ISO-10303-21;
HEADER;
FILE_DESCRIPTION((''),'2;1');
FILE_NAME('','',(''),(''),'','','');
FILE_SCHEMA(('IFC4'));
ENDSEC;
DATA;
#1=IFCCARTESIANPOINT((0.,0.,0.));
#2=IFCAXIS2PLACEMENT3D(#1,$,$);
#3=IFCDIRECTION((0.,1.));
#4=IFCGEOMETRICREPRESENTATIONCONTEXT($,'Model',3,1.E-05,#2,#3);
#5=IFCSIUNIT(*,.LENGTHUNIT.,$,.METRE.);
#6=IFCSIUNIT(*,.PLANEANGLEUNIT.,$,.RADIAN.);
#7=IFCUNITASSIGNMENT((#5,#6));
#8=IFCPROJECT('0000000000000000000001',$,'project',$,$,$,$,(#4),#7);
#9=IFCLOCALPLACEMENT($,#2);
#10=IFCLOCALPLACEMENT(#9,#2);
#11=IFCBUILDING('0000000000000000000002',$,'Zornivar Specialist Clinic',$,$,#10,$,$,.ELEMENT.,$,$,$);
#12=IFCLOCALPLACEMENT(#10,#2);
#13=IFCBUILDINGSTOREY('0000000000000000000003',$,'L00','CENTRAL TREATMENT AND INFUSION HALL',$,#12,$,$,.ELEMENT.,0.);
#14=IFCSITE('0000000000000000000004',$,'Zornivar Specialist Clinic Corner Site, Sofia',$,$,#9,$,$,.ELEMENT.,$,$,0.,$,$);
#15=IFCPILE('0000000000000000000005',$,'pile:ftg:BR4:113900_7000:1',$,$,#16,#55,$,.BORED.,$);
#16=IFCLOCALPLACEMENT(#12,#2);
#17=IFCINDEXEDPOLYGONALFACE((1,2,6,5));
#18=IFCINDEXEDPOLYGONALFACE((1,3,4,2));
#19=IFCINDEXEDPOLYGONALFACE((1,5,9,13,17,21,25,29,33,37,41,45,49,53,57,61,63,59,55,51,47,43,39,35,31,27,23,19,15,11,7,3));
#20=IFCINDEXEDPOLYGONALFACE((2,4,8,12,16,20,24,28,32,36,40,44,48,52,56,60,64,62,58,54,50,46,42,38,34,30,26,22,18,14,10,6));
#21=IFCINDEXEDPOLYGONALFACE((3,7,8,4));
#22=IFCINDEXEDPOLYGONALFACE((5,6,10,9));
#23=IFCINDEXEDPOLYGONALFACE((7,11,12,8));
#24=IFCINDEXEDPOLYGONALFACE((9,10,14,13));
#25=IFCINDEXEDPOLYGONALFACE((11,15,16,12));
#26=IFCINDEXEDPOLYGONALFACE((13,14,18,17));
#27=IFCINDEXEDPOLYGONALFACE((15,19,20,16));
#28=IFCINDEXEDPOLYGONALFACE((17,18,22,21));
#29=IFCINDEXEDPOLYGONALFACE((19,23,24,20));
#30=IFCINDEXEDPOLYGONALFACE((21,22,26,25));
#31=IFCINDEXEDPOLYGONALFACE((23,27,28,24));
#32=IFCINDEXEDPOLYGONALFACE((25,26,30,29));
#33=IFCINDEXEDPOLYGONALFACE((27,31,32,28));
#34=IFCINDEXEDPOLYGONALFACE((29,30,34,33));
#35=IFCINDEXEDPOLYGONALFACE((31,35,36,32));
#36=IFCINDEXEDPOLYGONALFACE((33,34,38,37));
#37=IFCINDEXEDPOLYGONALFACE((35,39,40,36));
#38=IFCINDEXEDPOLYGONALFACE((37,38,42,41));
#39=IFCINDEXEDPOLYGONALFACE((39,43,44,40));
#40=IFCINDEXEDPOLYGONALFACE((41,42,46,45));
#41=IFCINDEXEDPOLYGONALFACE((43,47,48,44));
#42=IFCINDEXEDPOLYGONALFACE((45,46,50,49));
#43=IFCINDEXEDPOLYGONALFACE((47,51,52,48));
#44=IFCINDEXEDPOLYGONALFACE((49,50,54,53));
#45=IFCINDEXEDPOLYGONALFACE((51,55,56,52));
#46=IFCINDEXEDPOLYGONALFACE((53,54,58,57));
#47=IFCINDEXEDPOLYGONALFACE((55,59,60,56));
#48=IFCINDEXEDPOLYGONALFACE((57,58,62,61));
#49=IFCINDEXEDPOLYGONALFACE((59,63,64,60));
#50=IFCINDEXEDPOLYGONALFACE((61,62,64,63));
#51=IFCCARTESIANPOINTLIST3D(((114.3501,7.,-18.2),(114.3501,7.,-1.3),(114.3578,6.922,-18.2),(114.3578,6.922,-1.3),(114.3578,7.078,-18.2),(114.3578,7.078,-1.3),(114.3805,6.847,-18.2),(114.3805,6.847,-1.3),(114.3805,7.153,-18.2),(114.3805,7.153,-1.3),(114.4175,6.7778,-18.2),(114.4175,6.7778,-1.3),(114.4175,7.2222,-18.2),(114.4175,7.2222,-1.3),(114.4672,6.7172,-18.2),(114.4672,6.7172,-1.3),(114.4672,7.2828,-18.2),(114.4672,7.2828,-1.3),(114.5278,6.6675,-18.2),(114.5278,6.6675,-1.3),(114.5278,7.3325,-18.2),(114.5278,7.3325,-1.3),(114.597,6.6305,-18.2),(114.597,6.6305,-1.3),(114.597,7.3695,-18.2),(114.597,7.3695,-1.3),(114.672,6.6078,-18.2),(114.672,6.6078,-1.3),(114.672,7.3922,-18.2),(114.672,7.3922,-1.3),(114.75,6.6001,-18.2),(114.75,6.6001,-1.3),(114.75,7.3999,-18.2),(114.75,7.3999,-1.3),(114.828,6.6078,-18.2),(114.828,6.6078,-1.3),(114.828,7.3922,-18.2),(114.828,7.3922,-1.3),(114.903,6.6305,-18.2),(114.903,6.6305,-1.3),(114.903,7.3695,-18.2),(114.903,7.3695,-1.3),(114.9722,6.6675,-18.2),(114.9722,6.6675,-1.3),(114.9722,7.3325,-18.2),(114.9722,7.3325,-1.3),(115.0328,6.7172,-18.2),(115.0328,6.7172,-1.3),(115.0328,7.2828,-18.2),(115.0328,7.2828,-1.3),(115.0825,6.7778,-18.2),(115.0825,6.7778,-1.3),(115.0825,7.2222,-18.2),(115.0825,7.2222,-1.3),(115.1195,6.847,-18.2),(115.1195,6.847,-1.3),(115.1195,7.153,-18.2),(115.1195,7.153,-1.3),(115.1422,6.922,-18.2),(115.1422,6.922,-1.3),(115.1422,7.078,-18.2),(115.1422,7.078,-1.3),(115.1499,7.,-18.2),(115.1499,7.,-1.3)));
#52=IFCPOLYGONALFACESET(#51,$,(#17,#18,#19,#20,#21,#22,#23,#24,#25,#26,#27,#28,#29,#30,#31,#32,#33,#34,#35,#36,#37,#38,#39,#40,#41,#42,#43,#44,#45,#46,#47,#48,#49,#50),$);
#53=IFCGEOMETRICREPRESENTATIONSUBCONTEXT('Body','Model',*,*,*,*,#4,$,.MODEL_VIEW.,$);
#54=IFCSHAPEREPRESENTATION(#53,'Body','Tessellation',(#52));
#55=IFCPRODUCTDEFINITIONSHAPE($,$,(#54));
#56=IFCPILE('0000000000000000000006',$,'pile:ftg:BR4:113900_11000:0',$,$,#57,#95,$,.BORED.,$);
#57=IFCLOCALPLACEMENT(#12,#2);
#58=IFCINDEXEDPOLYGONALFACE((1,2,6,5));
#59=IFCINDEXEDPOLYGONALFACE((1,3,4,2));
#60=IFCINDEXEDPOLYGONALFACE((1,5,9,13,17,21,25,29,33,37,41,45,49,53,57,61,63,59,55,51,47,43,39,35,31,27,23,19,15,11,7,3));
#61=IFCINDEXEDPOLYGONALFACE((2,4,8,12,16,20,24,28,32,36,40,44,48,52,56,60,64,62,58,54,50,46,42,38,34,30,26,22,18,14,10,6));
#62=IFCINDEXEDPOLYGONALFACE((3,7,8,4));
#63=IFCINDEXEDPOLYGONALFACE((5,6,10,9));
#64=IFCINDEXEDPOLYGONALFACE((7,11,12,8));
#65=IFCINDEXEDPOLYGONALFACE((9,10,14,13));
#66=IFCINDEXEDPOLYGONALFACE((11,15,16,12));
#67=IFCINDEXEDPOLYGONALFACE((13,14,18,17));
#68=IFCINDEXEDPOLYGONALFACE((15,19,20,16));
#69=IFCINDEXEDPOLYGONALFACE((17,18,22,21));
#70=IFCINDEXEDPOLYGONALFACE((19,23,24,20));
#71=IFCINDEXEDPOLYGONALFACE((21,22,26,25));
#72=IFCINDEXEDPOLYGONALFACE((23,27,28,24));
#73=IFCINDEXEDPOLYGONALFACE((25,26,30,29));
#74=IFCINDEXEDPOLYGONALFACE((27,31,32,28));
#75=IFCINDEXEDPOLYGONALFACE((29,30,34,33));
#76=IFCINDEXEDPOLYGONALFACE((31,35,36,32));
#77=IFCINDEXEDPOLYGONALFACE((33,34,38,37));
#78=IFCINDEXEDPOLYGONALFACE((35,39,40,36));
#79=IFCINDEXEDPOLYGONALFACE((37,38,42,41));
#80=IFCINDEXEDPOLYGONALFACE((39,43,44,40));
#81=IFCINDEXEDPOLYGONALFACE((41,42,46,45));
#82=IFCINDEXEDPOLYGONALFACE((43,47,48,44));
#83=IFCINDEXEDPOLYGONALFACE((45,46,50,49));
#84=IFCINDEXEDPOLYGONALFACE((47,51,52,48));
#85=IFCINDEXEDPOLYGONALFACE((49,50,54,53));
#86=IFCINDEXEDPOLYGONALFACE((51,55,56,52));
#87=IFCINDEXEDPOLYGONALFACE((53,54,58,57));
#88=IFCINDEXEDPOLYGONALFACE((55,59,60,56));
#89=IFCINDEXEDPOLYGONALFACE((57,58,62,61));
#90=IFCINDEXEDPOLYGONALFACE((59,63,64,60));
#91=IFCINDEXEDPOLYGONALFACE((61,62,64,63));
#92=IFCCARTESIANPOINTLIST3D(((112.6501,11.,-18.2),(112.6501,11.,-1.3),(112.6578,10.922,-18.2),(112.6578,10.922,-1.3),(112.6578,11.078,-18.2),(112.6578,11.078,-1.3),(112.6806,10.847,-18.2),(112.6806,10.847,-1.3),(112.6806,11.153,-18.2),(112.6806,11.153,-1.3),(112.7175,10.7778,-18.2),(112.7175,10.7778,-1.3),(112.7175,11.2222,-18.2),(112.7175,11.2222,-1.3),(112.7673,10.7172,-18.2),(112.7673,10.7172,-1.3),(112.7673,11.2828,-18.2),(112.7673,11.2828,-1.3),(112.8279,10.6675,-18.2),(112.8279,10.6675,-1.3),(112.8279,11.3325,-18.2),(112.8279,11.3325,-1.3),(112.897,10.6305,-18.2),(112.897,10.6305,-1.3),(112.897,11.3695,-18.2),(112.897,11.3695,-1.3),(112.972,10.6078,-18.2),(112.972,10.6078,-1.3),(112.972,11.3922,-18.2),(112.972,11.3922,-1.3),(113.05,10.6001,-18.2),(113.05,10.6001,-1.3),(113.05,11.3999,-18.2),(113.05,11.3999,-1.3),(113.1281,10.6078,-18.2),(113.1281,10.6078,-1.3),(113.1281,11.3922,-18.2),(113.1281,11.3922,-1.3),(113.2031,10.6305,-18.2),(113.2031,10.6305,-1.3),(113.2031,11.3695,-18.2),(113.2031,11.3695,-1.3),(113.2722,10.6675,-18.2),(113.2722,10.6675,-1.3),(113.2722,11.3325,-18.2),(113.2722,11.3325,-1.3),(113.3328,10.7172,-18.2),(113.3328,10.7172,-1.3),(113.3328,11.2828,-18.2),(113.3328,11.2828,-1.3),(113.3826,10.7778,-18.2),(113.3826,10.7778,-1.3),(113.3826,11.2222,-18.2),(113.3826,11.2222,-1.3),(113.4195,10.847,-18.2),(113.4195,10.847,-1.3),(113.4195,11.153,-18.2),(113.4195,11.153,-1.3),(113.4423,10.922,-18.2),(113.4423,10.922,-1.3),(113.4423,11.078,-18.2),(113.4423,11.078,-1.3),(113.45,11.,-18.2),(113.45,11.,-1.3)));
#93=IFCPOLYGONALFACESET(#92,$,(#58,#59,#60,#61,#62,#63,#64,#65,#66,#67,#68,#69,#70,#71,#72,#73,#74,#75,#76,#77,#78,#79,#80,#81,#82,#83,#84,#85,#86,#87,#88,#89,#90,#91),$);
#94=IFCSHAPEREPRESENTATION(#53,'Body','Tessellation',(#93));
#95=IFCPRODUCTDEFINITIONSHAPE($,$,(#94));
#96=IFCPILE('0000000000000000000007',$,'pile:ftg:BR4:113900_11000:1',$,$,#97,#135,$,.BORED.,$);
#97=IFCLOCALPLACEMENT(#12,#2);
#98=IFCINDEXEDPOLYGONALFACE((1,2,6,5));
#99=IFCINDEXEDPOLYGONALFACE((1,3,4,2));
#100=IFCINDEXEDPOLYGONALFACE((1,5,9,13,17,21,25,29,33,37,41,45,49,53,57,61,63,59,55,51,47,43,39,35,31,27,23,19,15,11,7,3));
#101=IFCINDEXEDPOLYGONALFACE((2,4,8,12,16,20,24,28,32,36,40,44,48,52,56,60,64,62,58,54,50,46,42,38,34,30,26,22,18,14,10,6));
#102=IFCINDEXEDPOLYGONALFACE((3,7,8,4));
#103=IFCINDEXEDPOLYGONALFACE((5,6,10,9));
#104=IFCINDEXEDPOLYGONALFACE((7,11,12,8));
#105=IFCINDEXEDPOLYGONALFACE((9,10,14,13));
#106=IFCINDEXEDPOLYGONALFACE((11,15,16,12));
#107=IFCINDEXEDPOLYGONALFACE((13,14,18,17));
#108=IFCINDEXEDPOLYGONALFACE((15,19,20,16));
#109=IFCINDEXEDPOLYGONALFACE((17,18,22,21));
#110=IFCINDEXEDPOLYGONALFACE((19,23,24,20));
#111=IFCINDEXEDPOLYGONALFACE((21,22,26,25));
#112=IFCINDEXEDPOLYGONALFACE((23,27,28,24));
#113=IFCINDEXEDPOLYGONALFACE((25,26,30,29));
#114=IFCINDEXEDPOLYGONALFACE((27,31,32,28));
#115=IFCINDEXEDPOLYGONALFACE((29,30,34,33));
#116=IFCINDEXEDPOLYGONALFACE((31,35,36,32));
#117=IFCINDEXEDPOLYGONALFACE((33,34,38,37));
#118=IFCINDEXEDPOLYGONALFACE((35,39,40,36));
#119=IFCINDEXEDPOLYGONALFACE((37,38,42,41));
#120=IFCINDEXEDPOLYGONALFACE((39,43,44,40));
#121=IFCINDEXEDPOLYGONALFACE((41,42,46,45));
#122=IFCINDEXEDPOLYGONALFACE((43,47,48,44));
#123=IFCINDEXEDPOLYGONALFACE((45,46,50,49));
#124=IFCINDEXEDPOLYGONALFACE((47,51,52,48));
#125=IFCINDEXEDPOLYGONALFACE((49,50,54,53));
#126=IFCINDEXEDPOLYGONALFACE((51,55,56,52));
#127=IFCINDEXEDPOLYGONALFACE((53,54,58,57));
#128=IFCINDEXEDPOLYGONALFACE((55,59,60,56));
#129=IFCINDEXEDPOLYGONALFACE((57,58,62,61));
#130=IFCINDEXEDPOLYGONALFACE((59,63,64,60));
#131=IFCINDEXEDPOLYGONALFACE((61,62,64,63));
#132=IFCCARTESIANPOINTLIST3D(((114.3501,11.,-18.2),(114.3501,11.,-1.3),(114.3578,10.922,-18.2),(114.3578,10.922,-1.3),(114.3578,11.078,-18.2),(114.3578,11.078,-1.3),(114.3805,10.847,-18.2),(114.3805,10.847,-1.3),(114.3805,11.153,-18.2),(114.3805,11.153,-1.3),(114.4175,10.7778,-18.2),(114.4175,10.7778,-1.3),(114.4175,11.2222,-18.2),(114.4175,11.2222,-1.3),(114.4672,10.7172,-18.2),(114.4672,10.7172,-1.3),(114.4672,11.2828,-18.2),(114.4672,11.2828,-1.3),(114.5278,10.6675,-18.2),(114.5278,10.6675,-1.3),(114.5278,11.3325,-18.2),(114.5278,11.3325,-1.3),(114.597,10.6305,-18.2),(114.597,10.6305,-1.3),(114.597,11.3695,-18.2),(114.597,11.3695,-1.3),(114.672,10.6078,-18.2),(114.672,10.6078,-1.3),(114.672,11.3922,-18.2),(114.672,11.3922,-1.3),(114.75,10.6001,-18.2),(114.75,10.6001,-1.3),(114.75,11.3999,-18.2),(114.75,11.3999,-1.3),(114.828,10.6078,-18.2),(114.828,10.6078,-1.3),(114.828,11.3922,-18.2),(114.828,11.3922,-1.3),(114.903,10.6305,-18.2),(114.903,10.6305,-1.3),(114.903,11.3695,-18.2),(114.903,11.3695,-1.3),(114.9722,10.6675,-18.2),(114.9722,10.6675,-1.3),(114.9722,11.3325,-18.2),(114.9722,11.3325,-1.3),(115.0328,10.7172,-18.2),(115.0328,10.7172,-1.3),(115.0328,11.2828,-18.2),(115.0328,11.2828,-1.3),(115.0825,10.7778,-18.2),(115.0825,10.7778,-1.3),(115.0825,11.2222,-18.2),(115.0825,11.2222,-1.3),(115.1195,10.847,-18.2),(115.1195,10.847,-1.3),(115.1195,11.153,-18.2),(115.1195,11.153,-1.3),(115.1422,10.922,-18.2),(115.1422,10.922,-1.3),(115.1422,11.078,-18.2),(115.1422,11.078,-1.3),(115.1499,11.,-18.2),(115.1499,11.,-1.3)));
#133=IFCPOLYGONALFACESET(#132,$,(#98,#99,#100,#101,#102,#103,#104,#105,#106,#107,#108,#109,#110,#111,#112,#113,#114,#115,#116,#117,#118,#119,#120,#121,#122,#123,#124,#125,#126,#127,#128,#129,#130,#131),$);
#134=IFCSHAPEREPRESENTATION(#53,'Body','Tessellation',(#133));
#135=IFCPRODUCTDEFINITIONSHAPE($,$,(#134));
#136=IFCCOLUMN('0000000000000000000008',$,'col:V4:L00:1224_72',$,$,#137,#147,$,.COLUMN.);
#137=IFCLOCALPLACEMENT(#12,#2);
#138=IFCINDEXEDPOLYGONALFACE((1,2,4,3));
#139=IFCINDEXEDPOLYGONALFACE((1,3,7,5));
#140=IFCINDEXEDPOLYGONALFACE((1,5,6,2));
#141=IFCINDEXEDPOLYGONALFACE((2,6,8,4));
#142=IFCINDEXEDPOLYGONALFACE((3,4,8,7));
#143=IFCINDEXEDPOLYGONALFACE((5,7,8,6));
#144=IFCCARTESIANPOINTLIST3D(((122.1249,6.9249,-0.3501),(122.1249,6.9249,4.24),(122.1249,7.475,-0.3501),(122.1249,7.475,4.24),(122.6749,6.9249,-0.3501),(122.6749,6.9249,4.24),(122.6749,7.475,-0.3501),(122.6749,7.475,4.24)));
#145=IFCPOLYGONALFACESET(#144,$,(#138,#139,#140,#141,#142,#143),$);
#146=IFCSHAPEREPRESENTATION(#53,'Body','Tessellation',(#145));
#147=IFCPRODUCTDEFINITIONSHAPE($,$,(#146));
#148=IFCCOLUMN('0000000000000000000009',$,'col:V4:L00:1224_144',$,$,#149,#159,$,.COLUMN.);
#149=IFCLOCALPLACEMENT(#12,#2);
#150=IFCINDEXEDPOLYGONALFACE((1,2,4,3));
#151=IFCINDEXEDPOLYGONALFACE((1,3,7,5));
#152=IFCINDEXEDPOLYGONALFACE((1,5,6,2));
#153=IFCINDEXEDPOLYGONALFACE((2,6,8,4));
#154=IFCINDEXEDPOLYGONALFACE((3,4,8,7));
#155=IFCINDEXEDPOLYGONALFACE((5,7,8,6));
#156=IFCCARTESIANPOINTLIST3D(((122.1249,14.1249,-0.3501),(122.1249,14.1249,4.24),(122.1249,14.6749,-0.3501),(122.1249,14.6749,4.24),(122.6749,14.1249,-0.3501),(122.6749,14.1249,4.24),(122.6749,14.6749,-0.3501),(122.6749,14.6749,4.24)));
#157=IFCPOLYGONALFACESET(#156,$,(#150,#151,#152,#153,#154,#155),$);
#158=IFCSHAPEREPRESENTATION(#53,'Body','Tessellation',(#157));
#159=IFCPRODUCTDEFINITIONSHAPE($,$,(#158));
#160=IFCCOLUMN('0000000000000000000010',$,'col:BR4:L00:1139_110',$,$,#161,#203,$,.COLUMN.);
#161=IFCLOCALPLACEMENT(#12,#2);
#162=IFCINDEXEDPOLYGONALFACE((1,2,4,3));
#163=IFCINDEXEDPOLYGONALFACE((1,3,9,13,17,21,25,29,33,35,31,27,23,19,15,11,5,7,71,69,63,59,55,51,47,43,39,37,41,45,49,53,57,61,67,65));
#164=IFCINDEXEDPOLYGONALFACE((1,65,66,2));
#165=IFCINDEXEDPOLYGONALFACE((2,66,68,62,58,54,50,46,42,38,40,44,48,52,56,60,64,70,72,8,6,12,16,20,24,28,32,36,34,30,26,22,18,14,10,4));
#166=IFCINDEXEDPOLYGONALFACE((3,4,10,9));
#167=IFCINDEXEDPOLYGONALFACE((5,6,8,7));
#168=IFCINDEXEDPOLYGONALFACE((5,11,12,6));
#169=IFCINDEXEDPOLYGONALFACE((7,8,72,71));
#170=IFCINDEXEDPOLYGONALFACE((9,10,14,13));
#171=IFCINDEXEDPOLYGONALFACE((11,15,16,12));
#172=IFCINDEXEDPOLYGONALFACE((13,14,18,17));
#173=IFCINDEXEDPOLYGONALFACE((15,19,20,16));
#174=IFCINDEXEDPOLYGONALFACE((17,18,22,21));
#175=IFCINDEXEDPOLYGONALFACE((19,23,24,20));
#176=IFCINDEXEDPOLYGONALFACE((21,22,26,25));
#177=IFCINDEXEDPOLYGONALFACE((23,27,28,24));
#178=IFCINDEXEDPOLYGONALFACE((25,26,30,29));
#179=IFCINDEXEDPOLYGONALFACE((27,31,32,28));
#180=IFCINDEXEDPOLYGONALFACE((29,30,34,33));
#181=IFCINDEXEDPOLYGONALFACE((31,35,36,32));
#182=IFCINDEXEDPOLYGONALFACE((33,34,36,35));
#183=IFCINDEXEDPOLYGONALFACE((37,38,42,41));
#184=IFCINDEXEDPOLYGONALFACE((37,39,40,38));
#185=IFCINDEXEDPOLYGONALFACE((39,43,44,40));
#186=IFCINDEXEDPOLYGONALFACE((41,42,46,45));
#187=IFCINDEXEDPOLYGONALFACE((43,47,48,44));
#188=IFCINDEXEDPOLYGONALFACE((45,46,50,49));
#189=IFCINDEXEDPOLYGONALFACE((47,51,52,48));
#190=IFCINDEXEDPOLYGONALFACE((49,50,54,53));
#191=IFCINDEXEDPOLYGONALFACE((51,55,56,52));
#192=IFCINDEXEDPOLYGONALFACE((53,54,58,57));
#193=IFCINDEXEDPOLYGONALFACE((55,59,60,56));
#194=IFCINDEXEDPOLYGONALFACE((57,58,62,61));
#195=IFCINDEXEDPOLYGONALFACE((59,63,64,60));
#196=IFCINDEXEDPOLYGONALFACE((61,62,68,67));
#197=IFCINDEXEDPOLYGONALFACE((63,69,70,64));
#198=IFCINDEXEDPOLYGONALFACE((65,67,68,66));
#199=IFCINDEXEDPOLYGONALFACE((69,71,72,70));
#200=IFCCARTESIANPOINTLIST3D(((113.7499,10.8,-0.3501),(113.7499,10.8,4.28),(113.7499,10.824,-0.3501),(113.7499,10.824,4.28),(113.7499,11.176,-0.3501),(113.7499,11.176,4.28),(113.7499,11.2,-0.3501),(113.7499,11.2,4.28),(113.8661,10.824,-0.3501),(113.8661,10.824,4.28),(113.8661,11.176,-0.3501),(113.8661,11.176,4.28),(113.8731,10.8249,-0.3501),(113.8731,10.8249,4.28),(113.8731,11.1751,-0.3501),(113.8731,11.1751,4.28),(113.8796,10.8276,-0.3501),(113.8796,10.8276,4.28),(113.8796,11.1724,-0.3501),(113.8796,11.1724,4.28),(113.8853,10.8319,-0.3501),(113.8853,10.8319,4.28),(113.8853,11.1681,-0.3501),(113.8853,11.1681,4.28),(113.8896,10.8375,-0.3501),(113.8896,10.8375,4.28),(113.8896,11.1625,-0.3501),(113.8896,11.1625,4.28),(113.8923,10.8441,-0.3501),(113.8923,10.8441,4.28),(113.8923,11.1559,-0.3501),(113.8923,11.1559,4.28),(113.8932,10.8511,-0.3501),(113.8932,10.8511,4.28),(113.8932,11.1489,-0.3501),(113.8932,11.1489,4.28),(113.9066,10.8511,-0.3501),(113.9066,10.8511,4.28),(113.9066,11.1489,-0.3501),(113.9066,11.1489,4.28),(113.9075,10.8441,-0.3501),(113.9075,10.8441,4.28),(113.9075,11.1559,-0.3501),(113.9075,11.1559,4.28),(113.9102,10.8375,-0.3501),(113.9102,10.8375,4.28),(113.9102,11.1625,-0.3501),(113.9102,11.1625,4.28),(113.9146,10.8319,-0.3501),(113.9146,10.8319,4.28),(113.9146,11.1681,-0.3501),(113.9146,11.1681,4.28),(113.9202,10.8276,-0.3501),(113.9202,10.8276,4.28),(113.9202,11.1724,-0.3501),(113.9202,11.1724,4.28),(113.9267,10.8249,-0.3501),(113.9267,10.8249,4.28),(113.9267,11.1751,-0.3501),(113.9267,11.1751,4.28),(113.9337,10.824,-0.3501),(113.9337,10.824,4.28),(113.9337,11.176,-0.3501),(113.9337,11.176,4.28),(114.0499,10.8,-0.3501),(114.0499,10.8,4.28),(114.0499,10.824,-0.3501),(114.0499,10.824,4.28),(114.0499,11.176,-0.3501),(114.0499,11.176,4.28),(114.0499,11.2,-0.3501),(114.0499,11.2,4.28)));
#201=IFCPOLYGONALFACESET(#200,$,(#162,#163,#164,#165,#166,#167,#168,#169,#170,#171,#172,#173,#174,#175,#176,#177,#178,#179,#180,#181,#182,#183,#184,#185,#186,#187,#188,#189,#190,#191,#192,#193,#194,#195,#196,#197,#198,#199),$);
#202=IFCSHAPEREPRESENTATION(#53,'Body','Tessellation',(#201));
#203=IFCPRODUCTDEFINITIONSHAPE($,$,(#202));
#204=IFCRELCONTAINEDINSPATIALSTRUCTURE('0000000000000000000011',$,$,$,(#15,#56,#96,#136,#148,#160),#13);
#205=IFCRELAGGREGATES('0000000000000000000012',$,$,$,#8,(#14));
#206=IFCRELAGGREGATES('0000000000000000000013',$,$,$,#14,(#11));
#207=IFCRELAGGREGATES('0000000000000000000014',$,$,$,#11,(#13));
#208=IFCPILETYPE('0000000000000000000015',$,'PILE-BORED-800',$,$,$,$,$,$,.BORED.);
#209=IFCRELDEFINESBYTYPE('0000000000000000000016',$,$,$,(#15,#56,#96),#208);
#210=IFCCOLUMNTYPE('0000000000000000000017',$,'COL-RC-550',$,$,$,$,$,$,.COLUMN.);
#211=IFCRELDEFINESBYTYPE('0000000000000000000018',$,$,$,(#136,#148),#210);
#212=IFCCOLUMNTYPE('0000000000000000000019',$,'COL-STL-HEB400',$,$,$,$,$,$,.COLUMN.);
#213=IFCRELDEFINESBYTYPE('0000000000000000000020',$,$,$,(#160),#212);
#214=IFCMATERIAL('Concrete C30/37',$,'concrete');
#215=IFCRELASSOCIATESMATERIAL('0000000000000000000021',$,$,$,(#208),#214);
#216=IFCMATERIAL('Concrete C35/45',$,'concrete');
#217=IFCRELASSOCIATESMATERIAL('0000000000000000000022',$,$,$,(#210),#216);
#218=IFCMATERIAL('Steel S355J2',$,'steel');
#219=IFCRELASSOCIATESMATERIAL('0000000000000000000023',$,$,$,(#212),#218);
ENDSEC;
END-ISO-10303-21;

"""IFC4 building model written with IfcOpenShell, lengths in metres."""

from ifc_helpers import new_model, si_unit, direction, frame, origin, origin_2d, place, context, subcontext, project, spatial, rectangle, circle, i_section, extrude, material, material_profile, profile_set, type_object, element, save


model = new_model("IFC4")

# Units and contexts
model_context = context("Model", 3, precision=1e-05, world=origin(), true_north=direction((0.0, 1.0)))
body_context = subcontext(model_context, "Body", "Model", "MODEL_VIEW")
ifc_project = project(units=[si_unit("LENGTHUNIT", "METRE"), si_unit("PLANEANGLEUNIT", "RADIAN")], contexts=[model_context])

# Site, building, storey
site_placement = place(None, origin())
site = spatial("IfcSite", under=ifc_project, at=site_placement, Name="Zornivar Specialist Clinic Corner Site, Sofia", CompositionType="ELEMENT", RefElevation=0.0)
building_placement = place(site_placement, origin())
building = spatial("IfcBuilding", under=site, at=building_placement, Name="Zornivar Specialist Clinic", CompositionType="ELEMENT")
storey_placement = place(building_placement, origin())
storey = spatial("IfcBuildingStorey", under=building, at=storey_placement, Name="L00", Description="CENTRAL TREATMENT AND INFUSION HALL", CompositionType="ELEMENT", Elevation=0.0)

# Piles
ifc_material_1 = material(Name="Concrete C30/37", Category="concrete")
ifc_material_profile_1 = material_profile(ifc_material_1, circle(Radius=0.3999, at=origin_2d()), Name="PILE D800")
ifc_profile_set_1 = profile_set([ifc_material_profile_1], Name="Concrete C30/37")
pile_type = type_object("IfcPileType", Name="PILE-BORED-800", PredefinedType="BORED", material=ifc_profile_set_1)
for number, where, z_axis, x_axis, name in (
    (1, (114.75, 7.0, -1.3), (0.0, 0.0, -1.0), (1.0, 0.0, 0.0), "pile:ftg:BR4:113900_7000:1"),
    (2, (113.05, 11.0, -1.3), (0.0, 0.0, -1.0), (1.0, 0.0, 0.0), "pile:ftg:BR4:113900_11000:0"),
    (3, (114.75, 11.0, -1.3), (0.0, 0.0, -1.0), (1.0, 0.0, 0.0), "pile:ftg:BR4:113900_11000:1"),
):
    element("IfcPile", number, at=place(storey_placement, frame(where, z_axis=z_axis, x_axis=x_axis)), inside=storey, type_object=pile_type, Name=name, PredefinedType="BORED", context=body_context, shape_type="SweptSolid", body=[
        extrude(circle(Radius=0.3999, at=origin_2d()), origin(), (0.0, 0.0, 1.0), 16.8999),
    ])

# Columns
ifc_material_2 = material(Name="Concrete C35/45", Category="concrete")
ifc_material_profile_2 = material_profile(ifc_material_2, rectangle(XDim=0.55, YDim=0.55, at=origin_2d()), Name="RC 550x550")
ifc_profile_set_2 = profile_set([ifc_material_profile_2], Name="Concrete C35/45")
column_type_1 = type_object("IfcColumnType", Name="COL-RC-550", PredefinedType="COLUMN", material=ifc_profile_set_2)
for number, where, z_axis, x_axis, name in (
    (4, (122.3999, 7.2, -0.3501), (0.0, 0.0, 1.0), (1.0, 0.0, 0.0), "col:V4:L00:1224_72"),
    (5, (122.3999, 14.3999, -0.3501), (0.0, 0.0, 1.0), (1.0, 0.0, 0.0), "col:V4:L00:1224_144"),
):
    element("IfcColumn", number, at=place(storey_placement, frame(where, z_axis=z_axis, x_axis=x_axis)), inside=storey, type_object=column_type_1, Name=name, PredefinedType="COLUMN", context=body_context, shape_type="SweptSolid", body=[
        extrude(rectangle(XDim=0.55, YDim=0.55, at=origin_2d()), origin(), (0.0, 0.0, 1.0), 4.5901),
    ])
ifc_material_3 = material(Name="Steel S355J2", Category="steel")
ifc_material_profile_3 = material_profile(ifc_material_3, i_section(OverallWidth=0.3, OverallDepth=0.3999, WebThickness=0.0134, FlangeThickness=0.0239, FilletRadius=0.0271, at=origin_2d()), Name="HEB 400")
ifc_profile_set_3 = profile_set([ifc_material_profile_3], Name="Steel S355J2")
column_type_2 = type_object("IfcColumnType", Name="COL-STL-HEB400", PredefinedType="COLUMN", material=ifc_profile_set_3)
for number, where, z_axis, x_axis, name in (
    (6, (113.8999, 11.0, -0.3501), (0.0, 0.0, 1.0), (1.0, 0.0, 0.0), "col:BR4:L00:1139_110"),
):
    element("IfcColumn", number, at=place(storey_placement, frame(where, z_axis=z_axis, x_axis=x_axis)), inside=storey, type_object=column_type_2, Name=name, PredefinedType="COLUMN", context=body_context, shape_type="SweptSolid", body=[
        extrude(i_section(OverallWidth=0.3, OverallDepth=0.3999, WebThickness=0.0134, FlangeThickness=0.0239, FilletRadius=0.0271, at=origin_2d()), origin(), (0.0, 0.0, 1.0), 4.6301),
    ])

save(model, "model.ifc")
